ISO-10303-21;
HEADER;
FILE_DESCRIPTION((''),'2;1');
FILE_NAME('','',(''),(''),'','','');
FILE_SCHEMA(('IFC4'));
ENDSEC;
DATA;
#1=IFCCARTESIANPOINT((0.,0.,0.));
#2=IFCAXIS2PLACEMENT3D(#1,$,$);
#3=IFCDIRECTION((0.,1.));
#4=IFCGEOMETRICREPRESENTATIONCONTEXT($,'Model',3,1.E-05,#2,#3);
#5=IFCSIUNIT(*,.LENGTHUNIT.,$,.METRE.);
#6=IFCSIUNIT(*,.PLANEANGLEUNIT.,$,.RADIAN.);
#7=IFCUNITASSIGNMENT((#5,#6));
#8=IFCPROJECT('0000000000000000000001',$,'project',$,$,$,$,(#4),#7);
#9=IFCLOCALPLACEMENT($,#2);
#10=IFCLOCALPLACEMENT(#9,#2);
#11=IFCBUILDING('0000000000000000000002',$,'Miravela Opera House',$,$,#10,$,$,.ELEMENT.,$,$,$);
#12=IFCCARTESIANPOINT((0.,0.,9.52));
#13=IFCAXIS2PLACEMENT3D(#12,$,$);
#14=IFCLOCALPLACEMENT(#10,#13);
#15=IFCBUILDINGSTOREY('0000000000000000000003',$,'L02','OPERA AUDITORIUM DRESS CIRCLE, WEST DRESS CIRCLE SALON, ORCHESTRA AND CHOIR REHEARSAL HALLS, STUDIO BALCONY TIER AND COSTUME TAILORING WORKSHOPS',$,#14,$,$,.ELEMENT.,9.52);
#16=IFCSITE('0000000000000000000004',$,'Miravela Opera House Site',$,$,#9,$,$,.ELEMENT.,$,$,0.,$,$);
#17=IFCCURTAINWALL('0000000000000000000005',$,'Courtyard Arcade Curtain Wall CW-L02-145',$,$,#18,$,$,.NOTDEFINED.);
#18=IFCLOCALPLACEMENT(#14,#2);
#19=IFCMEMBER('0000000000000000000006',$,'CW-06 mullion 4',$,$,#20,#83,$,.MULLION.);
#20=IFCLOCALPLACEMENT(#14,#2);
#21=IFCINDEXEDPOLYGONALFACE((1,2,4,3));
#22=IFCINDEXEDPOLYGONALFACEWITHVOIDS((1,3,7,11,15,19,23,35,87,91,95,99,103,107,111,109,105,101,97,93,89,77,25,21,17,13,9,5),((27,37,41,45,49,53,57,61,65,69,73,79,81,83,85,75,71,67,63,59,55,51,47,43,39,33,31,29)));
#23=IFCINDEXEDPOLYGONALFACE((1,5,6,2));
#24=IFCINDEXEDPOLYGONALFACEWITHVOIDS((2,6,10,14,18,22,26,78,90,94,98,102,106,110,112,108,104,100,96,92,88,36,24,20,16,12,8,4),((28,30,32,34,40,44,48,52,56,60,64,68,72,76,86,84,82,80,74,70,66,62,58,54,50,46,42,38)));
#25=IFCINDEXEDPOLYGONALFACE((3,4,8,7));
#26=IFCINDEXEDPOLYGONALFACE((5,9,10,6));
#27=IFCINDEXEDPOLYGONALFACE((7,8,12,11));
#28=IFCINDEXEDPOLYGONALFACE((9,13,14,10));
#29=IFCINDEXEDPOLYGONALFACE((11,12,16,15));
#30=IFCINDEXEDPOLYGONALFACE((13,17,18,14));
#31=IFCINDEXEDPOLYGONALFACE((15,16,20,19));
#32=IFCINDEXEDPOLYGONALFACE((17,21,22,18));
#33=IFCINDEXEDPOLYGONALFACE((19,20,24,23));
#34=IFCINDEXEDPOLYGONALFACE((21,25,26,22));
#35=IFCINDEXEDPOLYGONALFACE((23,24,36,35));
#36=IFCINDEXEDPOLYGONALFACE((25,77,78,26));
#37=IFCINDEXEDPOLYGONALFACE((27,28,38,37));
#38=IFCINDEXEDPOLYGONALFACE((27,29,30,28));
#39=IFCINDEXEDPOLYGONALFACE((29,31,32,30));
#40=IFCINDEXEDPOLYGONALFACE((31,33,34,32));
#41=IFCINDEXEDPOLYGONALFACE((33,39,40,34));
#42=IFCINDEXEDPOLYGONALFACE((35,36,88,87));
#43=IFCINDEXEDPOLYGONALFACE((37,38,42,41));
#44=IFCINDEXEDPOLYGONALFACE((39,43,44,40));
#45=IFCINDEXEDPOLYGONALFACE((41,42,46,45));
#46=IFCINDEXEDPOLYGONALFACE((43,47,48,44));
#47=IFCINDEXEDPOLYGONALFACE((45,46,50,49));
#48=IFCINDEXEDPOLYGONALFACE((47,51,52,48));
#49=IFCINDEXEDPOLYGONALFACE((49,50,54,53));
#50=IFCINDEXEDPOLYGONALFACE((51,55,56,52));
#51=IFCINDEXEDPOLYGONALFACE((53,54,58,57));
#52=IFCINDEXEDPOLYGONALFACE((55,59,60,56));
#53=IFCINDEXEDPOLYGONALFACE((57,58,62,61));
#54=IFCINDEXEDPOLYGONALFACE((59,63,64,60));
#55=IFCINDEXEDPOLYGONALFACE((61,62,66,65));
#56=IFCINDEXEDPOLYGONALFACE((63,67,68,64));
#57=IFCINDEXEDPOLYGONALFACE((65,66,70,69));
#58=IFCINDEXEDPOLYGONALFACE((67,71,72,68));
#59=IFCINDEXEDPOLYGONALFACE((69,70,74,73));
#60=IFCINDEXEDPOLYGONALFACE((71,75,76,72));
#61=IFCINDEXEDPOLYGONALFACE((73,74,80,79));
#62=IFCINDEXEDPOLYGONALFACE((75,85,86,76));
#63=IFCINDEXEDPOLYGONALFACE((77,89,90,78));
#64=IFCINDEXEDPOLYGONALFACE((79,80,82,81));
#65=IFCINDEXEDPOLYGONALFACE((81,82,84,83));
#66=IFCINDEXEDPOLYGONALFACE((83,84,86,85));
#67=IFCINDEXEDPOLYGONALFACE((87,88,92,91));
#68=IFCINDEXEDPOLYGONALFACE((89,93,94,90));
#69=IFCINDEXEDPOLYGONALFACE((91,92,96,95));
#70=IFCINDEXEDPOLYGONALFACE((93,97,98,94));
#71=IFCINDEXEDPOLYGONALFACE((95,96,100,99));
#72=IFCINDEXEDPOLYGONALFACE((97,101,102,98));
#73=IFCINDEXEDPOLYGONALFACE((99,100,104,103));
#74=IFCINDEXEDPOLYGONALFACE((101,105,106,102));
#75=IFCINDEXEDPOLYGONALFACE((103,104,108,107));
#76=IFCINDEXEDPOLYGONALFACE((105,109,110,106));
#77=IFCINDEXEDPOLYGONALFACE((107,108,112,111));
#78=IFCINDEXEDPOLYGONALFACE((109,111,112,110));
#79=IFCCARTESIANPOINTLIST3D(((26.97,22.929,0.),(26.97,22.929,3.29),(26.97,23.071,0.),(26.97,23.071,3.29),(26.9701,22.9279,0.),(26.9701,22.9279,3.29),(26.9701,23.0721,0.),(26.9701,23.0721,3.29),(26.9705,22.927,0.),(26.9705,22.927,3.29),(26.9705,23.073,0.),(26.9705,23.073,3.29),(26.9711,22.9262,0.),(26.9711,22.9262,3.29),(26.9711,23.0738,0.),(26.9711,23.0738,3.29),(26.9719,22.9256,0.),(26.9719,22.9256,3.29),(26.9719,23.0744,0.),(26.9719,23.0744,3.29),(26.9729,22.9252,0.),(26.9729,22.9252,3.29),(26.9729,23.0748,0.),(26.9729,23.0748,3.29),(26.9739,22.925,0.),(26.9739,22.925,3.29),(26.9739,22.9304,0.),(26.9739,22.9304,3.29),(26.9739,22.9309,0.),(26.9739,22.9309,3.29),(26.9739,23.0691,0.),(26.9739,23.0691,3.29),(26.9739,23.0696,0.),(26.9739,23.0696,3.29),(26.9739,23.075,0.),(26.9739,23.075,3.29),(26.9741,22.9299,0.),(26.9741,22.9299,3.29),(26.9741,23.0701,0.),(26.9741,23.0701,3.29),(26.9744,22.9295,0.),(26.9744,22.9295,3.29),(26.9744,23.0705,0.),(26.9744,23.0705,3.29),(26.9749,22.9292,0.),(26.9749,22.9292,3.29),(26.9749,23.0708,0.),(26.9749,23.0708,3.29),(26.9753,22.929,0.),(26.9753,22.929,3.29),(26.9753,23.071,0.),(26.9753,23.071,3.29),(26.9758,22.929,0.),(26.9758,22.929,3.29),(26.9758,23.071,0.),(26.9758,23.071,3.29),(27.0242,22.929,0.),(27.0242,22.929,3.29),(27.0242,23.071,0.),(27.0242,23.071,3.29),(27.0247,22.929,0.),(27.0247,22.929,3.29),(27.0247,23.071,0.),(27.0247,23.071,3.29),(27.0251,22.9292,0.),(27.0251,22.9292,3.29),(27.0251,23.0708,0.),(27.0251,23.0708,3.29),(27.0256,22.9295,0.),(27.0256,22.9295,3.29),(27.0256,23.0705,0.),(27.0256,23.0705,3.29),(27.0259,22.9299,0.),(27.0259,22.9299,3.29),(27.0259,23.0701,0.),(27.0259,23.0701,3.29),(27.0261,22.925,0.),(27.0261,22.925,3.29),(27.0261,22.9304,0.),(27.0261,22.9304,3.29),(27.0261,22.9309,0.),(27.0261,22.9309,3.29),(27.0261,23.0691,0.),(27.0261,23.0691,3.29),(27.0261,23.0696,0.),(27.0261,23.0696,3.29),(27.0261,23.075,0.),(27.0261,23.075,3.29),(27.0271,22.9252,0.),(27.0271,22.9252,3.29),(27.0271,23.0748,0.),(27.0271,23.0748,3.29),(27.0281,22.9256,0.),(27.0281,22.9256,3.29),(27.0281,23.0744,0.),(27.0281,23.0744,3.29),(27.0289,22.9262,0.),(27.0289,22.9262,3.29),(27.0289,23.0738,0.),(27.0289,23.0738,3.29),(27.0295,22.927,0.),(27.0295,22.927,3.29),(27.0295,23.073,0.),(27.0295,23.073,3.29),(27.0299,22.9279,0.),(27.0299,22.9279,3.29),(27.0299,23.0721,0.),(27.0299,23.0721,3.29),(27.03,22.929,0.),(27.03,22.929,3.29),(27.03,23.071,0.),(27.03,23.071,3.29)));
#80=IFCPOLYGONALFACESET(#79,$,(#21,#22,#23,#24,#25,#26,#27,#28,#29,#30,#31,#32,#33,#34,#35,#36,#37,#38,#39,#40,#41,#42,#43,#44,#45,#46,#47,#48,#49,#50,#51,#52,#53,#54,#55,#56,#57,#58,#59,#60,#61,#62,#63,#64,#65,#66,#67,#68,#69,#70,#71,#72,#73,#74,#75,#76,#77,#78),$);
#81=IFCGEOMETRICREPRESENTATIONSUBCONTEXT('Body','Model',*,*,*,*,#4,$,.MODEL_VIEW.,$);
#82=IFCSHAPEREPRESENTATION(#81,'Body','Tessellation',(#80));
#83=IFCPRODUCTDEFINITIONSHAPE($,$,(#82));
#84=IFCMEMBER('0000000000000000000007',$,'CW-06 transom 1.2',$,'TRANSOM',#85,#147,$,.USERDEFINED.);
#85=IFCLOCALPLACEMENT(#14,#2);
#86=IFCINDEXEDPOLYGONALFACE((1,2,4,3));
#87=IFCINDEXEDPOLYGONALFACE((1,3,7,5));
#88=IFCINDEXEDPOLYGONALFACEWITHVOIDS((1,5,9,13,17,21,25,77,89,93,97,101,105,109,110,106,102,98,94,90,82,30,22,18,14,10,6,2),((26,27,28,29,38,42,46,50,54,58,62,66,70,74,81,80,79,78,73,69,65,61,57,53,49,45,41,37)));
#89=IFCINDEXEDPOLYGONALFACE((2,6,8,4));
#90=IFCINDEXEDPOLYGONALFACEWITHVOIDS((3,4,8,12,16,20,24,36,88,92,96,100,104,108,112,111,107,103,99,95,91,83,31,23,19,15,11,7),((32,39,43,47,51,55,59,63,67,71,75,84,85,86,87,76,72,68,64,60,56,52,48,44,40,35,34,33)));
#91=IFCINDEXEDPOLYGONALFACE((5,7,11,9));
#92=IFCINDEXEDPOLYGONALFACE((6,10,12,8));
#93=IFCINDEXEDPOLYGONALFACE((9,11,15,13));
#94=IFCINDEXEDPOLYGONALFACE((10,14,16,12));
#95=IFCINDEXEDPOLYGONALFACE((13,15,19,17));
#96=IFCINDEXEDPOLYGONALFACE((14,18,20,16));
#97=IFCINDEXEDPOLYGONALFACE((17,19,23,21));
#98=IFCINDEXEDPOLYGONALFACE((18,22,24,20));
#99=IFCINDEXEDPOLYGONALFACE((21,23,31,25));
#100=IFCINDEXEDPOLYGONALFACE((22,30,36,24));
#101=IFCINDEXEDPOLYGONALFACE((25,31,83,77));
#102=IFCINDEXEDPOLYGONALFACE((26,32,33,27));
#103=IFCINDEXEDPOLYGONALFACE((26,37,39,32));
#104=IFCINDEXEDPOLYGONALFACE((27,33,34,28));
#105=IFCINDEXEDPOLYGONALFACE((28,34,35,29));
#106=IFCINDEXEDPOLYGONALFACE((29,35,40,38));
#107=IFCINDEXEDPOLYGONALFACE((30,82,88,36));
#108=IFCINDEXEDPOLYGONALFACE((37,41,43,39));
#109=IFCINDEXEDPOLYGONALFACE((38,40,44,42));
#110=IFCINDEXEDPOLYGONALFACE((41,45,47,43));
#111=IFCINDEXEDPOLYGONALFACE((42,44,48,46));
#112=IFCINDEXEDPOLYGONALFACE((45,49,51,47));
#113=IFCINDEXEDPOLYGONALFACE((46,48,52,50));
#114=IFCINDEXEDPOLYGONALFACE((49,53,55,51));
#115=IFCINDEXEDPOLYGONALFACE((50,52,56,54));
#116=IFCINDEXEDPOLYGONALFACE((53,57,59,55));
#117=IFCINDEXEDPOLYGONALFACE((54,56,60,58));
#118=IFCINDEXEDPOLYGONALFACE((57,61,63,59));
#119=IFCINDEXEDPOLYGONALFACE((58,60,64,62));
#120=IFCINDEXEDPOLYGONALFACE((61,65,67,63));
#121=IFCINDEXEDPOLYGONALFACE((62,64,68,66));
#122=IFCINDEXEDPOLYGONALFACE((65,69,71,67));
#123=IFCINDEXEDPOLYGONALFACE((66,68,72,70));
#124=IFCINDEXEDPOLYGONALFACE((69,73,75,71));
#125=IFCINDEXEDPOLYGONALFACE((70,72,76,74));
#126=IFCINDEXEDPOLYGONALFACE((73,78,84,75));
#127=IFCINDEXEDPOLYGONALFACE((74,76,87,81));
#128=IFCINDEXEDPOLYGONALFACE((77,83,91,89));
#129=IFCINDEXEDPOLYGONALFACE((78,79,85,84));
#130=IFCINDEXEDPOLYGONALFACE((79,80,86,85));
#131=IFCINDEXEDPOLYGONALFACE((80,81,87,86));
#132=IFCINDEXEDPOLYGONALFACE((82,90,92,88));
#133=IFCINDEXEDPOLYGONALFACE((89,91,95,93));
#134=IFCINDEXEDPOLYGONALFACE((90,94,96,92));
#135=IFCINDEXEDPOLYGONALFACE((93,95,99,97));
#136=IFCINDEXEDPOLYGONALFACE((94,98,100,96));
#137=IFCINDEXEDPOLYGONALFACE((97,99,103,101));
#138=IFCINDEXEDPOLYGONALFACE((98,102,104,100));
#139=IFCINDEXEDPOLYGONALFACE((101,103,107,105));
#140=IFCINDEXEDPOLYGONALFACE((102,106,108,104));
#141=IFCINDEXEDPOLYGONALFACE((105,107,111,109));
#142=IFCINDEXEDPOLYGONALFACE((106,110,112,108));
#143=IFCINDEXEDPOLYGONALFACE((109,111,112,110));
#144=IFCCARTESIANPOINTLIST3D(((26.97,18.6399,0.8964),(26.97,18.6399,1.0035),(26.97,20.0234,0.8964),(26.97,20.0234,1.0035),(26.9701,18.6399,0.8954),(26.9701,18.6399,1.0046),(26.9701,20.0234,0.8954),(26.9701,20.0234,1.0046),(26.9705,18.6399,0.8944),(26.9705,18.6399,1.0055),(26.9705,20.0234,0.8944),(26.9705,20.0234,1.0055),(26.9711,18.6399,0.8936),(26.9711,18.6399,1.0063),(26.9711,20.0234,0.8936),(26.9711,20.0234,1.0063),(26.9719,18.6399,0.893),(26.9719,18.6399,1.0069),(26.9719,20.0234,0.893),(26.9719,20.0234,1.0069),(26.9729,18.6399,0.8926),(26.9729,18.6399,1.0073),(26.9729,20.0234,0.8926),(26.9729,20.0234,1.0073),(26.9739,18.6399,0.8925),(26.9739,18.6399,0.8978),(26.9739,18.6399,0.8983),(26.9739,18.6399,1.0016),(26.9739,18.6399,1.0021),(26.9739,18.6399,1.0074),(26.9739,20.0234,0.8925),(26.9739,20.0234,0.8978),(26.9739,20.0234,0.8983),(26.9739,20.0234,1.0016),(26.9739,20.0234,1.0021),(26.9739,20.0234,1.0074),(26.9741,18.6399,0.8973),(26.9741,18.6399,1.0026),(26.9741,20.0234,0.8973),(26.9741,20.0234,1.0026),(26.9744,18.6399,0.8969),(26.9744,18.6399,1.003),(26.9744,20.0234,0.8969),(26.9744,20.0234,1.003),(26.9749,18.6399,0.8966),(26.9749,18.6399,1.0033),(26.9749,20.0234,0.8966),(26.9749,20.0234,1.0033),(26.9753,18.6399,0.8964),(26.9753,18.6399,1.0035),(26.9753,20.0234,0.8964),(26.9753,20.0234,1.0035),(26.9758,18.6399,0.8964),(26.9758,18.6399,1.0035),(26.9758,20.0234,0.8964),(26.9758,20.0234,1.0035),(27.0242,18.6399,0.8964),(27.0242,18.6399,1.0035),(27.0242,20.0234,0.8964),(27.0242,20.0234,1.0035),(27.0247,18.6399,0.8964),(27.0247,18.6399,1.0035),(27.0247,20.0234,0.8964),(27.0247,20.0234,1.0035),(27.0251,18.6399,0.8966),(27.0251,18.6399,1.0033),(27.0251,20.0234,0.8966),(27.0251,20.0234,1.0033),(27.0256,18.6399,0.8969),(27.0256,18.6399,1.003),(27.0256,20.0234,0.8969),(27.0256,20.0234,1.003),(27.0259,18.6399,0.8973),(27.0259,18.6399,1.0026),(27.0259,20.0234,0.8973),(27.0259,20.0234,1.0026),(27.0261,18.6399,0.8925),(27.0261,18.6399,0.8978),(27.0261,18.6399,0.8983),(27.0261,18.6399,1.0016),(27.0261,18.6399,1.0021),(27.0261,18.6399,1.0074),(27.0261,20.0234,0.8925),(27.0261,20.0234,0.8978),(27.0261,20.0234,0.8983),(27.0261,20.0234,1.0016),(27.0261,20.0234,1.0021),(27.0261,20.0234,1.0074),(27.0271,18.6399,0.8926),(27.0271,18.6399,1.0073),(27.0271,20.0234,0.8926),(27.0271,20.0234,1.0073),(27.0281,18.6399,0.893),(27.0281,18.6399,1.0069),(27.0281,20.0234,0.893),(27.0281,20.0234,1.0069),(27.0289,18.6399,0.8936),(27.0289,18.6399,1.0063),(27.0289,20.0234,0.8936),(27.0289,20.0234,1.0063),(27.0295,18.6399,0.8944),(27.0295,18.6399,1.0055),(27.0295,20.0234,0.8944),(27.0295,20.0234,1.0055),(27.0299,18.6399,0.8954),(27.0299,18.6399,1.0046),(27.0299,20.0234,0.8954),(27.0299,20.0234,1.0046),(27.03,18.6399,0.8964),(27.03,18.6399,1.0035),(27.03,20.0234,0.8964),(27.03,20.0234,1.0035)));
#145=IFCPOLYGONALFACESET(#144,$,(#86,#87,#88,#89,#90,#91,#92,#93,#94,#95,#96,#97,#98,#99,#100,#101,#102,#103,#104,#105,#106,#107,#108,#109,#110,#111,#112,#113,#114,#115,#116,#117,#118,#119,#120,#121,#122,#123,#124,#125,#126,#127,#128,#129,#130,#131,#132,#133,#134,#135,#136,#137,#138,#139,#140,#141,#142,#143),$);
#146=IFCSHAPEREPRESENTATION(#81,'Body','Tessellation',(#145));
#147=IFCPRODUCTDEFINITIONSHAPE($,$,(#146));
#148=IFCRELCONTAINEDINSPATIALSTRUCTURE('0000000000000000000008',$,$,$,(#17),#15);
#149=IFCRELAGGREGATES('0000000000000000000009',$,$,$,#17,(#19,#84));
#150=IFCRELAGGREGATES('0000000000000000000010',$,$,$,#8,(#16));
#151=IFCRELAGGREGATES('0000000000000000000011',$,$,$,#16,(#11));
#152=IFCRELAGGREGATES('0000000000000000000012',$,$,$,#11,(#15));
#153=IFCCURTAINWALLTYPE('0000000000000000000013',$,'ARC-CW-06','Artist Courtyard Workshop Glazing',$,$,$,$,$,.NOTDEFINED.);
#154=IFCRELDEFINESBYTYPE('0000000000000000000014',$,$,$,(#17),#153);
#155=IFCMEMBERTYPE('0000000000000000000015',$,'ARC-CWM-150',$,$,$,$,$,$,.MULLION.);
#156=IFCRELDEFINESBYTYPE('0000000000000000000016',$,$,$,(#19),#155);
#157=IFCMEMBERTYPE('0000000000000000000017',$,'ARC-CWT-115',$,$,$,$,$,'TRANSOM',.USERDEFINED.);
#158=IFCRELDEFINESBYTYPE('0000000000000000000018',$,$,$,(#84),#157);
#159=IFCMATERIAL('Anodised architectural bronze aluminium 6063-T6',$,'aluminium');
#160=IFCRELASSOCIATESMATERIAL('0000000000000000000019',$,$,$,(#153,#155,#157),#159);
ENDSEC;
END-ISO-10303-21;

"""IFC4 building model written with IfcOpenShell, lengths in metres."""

from ifc_helpers import new_model, si_unit, direction, frame, origin, origin_2d, place, context, subcontext, project, spatial, hollow_rectangle, extrude, material, material_profile, profile_set, type_object, element, aggregate, save


model = new_model("IFC4")

# Units and contexts
model_context = context("Model", 3, precision=1e-05, world=origin(), true_north=direction((0.0, 1.0)))
body_context = subcontext(model_context, "Body", "Model", "MODEL_VIEW")
ifc_project = project(units=[si_unit("LENGTHUNIT", "METRE"), si_unit("PLANEANGLEUNIT", "RADIAN")], contexts=[model_context])

# Site, building, storey
site_placement = place(None, origin())
site = spatial("IfcSite", under=ifc_project, at=site_placement, Name="Miravela Opera House Site", CompositionType="ELEMENT", RefElevation=0.0)
building_placement = place(site_placement, origin())
building = spatial("IfcBuilding", under=site, at=building_placement, Name="Miravela Opera House", CompositionType="ELEMENT")
storey_placement = place(building_placement, frame((0.0, 0.0, 9.52)))
storey = spatial("IfcBuildingStorey", under=building, at=storey_placement, Name="L02", Description="OPERA AUDITORIUM DRESS CIRCLE, WEST DRESS CIRCLE SALON, ORCHESTRA AND CHOIR REHEARSAL HALLS, STUDIO BALCONY TIER AND COSTUME TAILORING WORKSHOPS", CompositionType="ELEMENT", Elevation=9.52)

# Curtain wall, members
ifc_material_1 = material(Name="Anodised architectural bronze aluminium 6063-T6", Category="aluminium")
curtain_wall_type = type_object("IfcCurtainWallType", Name="ARC-CW-06", Description="Artist Courtyard Workshop Glazing", PredefinedType="NOTDEFINED", material=ifc_material_1)
curtain_wall_placement = place(storey_placement, origin())
curtain_wall = element("IfcCurtainWall", 1, at=curtain_wall_placement, inside=storey, type_object=curtain_wall_type, Name="Courtyard Arcade Curtain Wall CW-L02-145", PredefinedType="NOTDEFINED")
ifc_material_profile_1 = material_profile(ifc_material_1, hollow_rectangle(XDim=0.0601, YDim=0.1499, WallThickness=0.0039, InnerFilletRadius=0.002, OuterFilletRadius=0.0039, at=origin_2d()), Name="CWM-60X150")
ifc_profile_set_1 = profile_set([ifc_material_profile_1])
member_type_1 = type_object("IfcMemberType", Name="ARC-CWM-150", PredefinedType="MULLION", material=ifc_profile_set_1)
member_1_placement = place(storey_placement, frame((27.0, 23.0, 0.0), z_axis=(0.0, 0.0, 1.0), x_axis=(-1.0, 0.0, 0.0)))
member_1 = element("IfcMember", 2, at=member_1_placement, type_object=member_type_1, Name="CW-06 mullion 4", PredefinedType="MULLION", context=body_context, shape_type="SweptSolid", body=[
    extrude(hollow_rectangle(XDim=0.0601, YDim=0.1499, WallThickness=0.0039, InnerFilletRadius=0.002, OuterFilletRadius=0.0039, at=origin_2d()), origin(), (0.0, 0.0, 1.0), 3.29),
])
ifc_material_profile_2 = material_profile(ifc_material_1, hollow_rectangle(XDim=0.0601, YDim=0.115, WallThickness=0.0039, InnerFilletRadius=0.002, OuterFilletRadius=0.0039, at=origin_2d()), Name="CWT-60X115")
ifc_profile_set_2 = profile_set([ifc_material_profile_2])
member_type_2 = type_object("IfcMemberType", Name="ARC-CWT-115", ElementType="TRANSOM", PredefinedType="USERDEFINED", material=ifc_profile_set_2)
member_2_placement = place(storey_placement, frame((27.0, 18.6399, 0.95), z_axis=(0.0, 1.0, 0.0), x_axis=(-1.0, 0.0, 0.0)))
member_2 = element("IfcMember", 3, at=member_2_placement, type_object=member_type_2, Name="CW-06 transom 1.2", ObjectType="TRANSOM", PredefinedType="USERDEFINED", context=body_context, shape_type="SweptSolid", body=[
    extrude(hollow_rectangle(XDim=0.0601, YDim=0.115, WallThickness=0.0039, InnerFilletRadius=0.002, OuterFilletRadius=0.0039, at=origin_2d()), origin(), (0.0, 0.0, 1.0), 1.3835),
])
aggregate(curtain_wall, [member_1, member_2])

save(model, "model.ifc")
